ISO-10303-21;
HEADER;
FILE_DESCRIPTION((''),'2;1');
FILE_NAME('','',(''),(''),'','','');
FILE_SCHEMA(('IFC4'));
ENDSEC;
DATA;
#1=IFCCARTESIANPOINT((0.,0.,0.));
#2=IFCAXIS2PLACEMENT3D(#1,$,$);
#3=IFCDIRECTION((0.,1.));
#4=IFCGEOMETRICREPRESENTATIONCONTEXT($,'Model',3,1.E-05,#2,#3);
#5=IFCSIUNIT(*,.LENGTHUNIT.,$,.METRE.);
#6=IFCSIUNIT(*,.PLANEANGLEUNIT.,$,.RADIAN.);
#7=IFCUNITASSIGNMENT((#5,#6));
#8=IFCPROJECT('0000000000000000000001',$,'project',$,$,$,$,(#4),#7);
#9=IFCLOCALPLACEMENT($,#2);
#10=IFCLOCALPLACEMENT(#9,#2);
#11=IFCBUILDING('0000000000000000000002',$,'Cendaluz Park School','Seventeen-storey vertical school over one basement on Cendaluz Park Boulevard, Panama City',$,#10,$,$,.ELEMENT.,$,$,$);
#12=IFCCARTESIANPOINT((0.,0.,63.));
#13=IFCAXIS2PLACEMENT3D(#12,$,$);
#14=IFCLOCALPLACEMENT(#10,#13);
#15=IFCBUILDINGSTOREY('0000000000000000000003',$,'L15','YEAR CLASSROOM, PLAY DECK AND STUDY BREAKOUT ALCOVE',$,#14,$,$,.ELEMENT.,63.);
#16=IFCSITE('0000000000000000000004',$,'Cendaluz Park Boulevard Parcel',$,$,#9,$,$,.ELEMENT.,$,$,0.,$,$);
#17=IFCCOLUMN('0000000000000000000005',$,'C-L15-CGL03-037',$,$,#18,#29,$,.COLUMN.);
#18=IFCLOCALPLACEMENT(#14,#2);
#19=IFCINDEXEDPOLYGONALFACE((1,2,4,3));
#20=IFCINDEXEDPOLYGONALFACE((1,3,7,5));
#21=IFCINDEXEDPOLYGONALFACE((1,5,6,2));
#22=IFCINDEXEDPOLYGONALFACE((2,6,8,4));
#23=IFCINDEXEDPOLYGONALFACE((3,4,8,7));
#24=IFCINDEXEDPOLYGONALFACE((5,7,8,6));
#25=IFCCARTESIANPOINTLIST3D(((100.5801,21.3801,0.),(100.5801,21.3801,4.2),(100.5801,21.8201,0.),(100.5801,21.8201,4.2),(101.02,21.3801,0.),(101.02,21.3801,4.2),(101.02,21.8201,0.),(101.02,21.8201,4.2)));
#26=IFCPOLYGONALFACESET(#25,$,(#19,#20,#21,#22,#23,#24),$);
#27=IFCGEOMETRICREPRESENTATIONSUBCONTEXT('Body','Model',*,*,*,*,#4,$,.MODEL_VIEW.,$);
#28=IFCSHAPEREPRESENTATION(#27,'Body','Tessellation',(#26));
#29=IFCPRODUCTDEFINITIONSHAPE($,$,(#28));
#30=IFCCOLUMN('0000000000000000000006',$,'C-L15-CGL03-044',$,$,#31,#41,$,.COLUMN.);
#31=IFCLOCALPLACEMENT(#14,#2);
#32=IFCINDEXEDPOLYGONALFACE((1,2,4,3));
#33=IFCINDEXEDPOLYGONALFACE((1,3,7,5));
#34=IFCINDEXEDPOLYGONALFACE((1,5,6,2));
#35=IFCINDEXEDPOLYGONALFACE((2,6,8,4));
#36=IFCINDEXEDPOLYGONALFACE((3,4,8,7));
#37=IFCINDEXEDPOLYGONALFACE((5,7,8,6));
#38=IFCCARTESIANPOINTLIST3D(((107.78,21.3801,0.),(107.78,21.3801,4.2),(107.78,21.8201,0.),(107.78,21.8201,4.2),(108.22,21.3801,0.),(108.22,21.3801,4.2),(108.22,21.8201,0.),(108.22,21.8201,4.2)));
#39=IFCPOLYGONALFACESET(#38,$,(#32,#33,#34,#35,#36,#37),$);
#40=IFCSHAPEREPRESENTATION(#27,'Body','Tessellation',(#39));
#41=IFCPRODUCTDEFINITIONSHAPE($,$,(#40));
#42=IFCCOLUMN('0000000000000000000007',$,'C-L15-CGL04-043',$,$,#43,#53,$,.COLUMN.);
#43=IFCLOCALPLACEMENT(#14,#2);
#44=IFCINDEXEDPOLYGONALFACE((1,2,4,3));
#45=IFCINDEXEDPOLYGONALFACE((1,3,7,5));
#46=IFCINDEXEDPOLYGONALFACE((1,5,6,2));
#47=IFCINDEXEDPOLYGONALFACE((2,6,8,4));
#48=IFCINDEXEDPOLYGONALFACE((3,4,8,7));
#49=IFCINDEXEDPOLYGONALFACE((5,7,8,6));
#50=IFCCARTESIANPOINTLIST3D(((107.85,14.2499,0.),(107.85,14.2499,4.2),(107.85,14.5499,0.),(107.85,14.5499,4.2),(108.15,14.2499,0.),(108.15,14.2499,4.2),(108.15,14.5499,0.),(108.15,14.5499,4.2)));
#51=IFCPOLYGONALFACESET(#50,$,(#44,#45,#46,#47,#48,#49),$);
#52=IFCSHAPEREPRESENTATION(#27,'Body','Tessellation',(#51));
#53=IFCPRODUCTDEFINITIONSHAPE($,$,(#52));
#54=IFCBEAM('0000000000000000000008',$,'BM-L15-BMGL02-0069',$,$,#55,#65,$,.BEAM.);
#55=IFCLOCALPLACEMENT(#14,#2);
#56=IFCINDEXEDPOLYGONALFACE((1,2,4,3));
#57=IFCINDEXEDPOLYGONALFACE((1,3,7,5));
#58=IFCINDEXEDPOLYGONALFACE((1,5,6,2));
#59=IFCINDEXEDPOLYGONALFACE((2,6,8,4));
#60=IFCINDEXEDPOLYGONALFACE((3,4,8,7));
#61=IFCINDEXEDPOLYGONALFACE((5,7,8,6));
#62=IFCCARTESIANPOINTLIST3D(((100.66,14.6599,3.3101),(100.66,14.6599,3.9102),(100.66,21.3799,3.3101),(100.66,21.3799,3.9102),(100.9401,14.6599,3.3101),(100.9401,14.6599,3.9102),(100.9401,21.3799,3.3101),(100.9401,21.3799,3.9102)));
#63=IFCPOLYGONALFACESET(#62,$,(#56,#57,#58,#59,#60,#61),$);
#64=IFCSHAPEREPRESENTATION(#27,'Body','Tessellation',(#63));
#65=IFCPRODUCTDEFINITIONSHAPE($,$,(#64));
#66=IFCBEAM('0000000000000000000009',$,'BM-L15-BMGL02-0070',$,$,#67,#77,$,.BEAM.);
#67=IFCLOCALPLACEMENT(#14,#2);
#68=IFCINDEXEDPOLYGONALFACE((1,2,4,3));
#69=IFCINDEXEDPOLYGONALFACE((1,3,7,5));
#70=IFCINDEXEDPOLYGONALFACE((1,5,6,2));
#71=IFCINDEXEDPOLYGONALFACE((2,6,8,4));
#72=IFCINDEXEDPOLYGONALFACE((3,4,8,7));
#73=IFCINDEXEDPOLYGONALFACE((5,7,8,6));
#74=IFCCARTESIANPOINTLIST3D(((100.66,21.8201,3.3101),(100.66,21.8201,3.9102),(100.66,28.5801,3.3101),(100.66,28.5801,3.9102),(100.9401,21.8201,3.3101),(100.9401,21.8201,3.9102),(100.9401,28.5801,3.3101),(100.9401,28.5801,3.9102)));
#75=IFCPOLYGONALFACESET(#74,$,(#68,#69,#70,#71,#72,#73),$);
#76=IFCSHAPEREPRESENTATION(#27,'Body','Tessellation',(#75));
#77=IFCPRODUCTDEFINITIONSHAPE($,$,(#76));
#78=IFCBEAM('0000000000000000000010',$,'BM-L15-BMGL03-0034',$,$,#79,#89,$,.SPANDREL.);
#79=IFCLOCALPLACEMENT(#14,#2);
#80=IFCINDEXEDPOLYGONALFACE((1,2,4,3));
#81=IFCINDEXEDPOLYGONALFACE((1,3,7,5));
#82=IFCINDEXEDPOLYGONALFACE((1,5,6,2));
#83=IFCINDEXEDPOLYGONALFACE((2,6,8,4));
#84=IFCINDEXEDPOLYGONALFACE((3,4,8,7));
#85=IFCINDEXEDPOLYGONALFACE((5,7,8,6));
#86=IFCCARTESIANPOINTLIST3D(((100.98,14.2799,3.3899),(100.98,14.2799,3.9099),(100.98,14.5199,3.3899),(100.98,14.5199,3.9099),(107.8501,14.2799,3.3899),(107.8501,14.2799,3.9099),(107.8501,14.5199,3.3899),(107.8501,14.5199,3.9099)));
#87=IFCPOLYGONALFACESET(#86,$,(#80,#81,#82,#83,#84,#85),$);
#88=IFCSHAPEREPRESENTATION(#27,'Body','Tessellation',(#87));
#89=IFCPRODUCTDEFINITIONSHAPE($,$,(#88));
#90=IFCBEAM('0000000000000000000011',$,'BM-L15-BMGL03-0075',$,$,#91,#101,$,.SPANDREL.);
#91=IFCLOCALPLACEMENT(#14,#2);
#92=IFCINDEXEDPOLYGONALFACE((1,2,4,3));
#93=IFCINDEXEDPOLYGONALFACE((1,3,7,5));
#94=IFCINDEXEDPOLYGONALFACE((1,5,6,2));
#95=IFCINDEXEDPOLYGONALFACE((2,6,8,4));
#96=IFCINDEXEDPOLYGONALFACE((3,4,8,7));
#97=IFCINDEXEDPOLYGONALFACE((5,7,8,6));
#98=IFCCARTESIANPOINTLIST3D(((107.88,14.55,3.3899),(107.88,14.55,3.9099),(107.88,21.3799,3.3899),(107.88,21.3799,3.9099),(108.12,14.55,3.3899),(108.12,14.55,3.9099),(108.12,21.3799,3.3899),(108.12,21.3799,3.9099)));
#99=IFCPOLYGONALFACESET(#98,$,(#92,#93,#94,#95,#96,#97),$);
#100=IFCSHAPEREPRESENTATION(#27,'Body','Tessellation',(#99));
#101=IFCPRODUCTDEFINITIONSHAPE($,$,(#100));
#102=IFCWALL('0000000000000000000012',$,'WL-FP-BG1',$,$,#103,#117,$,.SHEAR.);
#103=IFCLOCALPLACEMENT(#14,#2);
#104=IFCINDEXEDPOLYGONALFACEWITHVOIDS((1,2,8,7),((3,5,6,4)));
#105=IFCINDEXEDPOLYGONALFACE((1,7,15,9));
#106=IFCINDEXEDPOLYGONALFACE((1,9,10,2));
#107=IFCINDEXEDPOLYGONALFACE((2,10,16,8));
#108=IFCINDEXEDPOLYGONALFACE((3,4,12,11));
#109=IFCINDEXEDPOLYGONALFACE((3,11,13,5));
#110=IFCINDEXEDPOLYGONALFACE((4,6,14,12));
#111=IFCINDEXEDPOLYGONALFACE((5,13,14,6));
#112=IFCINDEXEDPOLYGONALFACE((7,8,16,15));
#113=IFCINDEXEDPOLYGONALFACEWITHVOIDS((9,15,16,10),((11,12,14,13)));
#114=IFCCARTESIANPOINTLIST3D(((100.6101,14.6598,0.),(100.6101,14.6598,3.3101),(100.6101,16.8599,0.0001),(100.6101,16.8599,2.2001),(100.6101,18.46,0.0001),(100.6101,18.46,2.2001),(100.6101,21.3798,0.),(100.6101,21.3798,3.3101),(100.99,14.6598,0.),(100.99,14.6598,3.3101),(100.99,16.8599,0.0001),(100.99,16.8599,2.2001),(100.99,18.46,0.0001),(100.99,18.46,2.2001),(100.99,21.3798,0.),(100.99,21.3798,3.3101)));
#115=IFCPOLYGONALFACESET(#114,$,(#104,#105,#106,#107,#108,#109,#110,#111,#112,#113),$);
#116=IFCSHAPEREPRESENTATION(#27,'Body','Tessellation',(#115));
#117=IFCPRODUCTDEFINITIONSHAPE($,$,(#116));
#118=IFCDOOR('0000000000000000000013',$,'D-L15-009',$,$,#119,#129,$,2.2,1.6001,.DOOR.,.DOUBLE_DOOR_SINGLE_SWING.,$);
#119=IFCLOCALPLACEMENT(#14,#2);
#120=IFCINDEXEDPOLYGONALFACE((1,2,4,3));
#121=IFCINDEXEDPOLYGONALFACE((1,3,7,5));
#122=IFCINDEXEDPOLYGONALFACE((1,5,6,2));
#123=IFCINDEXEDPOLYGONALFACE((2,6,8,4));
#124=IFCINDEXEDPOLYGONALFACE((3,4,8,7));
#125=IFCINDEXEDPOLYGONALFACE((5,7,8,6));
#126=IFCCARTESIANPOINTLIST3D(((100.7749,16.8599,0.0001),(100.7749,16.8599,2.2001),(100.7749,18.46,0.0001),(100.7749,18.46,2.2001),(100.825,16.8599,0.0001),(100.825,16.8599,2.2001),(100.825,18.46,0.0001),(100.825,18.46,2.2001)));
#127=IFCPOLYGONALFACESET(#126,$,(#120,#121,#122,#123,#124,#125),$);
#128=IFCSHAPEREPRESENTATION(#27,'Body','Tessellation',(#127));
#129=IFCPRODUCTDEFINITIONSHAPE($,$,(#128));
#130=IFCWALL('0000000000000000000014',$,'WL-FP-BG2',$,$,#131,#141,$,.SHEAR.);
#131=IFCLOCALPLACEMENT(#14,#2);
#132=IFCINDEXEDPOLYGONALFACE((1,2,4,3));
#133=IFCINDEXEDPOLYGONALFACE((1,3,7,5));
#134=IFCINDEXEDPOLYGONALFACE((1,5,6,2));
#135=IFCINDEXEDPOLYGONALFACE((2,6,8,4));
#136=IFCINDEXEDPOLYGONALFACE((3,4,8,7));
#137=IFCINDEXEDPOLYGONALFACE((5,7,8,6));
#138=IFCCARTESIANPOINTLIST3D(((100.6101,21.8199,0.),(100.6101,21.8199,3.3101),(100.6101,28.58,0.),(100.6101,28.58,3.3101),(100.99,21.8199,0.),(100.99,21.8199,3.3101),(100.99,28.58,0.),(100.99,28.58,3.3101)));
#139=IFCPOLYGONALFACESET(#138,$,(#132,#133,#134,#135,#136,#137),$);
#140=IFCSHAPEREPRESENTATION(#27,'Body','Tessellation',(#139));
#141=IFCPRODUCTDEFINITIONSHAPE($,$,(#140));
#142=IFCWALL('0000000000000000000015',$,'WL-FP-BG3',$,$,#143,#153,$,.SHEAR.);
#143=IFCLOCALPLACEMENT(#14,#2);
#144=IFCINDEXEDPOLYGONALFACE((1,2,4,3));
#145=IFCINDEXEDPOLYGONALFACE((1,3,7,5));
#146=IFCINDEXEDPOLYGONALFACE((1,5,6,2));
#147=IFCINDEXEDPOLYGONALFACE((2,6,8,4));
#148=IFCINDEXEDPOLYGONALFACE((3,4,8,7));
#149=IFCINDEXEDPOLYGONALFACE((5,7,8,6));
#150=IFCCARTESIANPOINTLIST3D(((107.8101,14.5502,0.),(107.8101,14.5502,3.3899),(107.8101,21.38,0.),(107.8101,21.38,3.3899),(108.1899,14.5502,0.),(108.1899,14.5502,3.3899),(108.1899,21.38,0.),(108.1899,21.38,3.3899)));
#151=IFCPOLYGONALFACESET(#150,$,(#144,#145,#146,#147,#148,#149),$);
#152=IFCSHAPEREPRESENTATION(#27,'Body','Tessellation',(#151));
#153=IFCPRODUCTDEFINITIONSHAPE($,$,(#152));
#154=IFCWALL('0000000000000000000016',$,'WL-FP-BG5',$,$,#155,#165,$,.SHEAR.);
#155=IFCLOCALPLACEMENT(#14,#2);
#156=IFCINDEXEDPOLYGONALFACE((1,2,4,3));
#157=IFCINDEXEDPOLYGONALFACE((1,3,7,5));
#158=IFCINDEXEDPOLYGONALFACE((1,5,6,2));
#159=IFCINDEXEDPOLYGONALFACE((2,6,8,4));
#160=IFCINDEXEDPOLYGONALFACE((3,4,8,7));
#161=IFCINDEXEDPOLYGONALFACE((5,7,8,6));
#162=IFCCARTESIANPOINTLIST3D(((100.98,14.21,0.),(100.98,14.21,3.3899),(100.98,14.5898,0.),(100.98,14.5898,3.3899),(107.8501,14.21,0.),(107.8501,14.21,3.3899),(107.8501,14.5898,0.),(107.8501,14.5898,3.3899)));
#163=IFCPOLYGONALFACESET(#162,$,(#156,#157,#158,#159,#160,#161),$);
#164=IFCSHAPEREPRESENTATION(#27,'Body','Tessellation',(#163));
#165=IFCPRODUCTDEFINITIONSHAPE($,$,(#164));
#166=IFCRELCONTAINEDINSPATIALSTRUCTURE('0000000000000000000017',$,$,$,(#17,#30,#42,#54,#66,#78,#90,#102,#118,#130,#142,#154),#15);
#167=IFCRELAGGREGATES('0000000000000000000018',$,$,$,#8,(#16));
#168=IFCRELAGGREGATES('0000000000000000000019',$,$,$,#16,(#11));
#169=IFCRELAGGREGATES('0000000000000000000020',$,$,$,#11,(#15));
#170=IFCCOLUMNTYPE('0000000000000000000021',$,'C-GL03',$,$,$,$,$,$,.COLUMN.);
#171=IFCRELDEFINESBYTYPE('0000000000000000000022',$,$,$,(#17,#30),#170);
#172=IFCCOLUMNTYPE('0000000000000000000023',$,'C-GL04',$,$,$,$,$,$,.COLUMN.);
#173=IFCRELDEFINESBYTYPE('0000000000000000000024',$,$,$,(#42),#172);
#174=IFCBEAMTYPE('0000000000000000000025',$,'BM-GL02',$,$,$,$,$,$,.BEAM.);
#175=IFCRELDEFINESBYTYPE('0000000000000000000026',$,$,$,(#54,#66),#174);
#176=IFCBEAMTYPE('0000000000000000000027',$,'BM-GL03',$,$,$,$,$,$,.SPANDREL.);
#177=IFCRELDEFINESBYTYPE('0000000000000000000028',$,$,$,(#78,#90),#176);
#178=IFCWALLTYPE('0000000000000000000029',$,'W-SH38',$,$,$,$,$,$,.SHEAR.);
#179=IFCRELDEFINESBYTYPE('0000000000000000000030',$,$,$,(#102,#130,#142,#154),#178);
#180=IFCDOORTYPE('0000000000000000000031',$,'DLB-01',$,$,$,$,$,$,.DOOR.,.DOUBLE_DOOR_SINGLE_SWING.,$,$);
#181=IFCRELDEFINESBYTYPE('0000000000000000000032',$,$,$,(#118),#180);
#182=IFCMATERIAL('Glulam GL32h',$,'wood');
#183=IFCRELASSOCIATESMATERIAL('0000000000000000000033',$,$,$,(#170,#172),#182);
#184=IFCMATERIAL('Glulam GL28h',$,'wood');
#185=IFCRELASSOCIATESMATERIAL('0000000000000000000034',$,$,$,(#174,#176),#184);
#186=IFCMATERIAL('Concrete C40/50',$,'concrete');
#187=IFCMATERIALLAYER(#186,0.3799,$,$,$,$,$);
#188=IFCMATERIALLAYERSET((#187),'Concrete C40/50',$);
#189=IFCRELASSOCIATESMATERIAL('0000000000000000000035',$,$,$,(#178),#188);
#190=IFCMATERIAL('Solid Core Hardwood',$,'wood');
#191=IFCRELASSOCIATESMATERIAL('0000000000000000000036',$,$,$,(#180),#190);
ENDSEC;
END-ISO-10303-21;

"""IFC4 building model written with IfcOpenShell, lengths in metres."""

from ifc_helpers import new_model, si_unit, direction, frame, frame_2d, origin, origin_2d, place, context, subcontext, project, spatial, rectangle, extrude, material, layer, layer_set, material_profile, profile_set, type_object, element, fill, save


model = new_model("IFC4")

# Units and contexts
model_context = context("Model", 3, precision=1e-05, world=origin(), true_north=direction((0.0, 1.0)))
body_context = subcontext(model_context, "Body", "Model", "MODEL_VIEW")
ifc_project = project(units=[si_unit("LENGTHUNIT", "METRE"), si_unit("PLANEANGLEUNIT", "RADIAN")], contexts=[model_context])

# Site, building, storey
site_placement = place(None, origin())
site = spatial("IfcSite", under=ifc_project, at=site_placement, Name="Cendaluz Park Boulevard Parcel", CompositionType="ELEMENT", RefElevation=0.0)
building_placement = place(site_placement, origin())
building = spatial("IfcBuilding", under=site, at=building_placement, Name="Cendaluz Park School", Description="Seventeen-storey vertical school over one basement on Cendaluz Park Boulevard, Panama City", CompositionType="ELEMENT")
storey_placement = place(building_placement, frame((0.0, 0.0, 63.0)))
storey = spatial("IfcBuildingStorey", under=building, at=storey_placement, Name="L15", Description="YEAR CLASSROOM, PLAY DECK AND STUDY BREAKOUT ALCOVE", CompositionType="ELEMENT", Elevation=63.0)

# Columns
ifc_material_1 = material(Name="Glulam GL32h", Category="wood")
ifc_material_profile_1 = material_profile(ifc_material_1, rectangle(XDim=0.4399, YDim=0.4399, at=origin_2d()), Name="GL32h 440x440", Category="wood")
ifc_profile_set_1 = profile_set([ifc_material_profile_1], Name="Glulam GL32h")
column_type_1 = type_object("IfcColumnType", Name="C-GL03", PredefinedType="COLUMN", material=ifc_profile_set_1)
for number, where, z_axis, x_axis, name in (
    (1, (100.8, 21.6001, 0.0), (0.0, 0.0, 1.0), (1.0, 0.0, 0.0), "C-L15-CGL03-037"),
    (2, (108.0, 21.6001, 0.0), (0.0, 0.0, 1.0), (1.0, 0.0, 0.0), "C-L15-CGL03-044"),
):
    element("IfcColumn", number, at=place(storey_placement, frame(where, z_axis=z_axis, x_axis=x_axis)), inside=storey, type_object=column_type_1, Name=name, PredefinedType="COLUMN", context=body_context, shape_type="SweptSolid", body=[
        extrude(rectangle(XDim=0.4399, YDim=0.4399, at=origin_2d()), origin(), (0.0, 0.0, 1.0), 4.2),
    ])
ifc_material_profile_2 = material_profile(ifc_material_1, rectangle(XDim=0.3, YDim=0.3, at=origin_2d()), Name="GL32h 300x300", Category="wood")
ifc_profile_set_2 = profile_set([ifc_material_profile_2], Name="Glulam GL32h")
column_type_2 = type_object("IfcColumnType", Name="C-GL04", PredefinedType="COLUMN", material=ifc_profile_set_2)
column_placement = place(storey_placement, frame((108.0, 14.3999, 0.0), z_axis=(0.0, 0.0, 1.0), x_axis=(1.0, 0.0, 0.0)))
element("IfcColumn", 3, at=column_placement, inside=storey, type_object=column_type_2, Name="C-L15-CGL04-043", PredefinedType="COLUMN", context=body_context, shape_type="SweptSolid", body=[
    extrude(rectangle(XDim=0.3, YDim=0.3, at=origin_2d()), origin(), (0.0, 0.0, 1.0), 4.2),
])

# Beams
ifc_material_2 = material(Name="Glulam GL28h", Category="wood")
ifc_material_profile_3 = material_profile(ifc_material_2, rectangle(XDim=0.28, YDim=0.6001, at=origin_2d()), Name="GL28h 280x600", Category="wood")
ifc_profile_set_3 = profile_set([ifc_material_profile_3], Name="Glulam GL28h")
beam_type_1 = type_object("IfcBeamType", Name="BM-GL02", PredefinedType="BEAM", material=ifc_profile_set_3)
beam_1_placement = place(storey_placement, frame((100.8, 14.6599, 3.6101), z_axis=(0.0, 1.0, 0.0), x_axis=(-1.0, 0.0, 0.0)))
element("IfcBeam", 4, at=beam_1_placement, inside=storey, type_object=beam_type_1, Name="BM-L15-BMGL02-0069", PredefinedType="BEAM", context=body_context, shape_type="SweptSolid", body=[
    extrude(rectangle(XDim=0.28, YDim=0.6001, at=origin_2d()), origin(), (0.0, 0.0, 1.0), 6.72),
])
beam_2_placement = place(storey_placement, frame((100.8, 21.8201, 3.6101), z_axis=(0.0, 1.0, 0.0), x_axis=(-1.0, 0.0, 0.0)))
element("IfcBeam", 5, at=beam_2_placement, inside=storey, type_object=beam_type_1, Name="BM-L15-BMGL02-0070", PredefinedType="BEAM", context=body_context, shape_type="SweptSolid", body=[
    extrude(rectangle(XDim=0.28, YDim=0.6001, at=origin_2d()), origin(), (0.0, 0.0, 1.0), 6.76),
])
ifc_material_profile_4 = material_profile(ifc_material_2, rectangle(XDim=0.24, YDim=0.52, at=origin_2d()), Name="GL28h 240x520", Category="wood")
ifc_profile_set_4 = profile_set([ifc_material_profile_4], Name="Glulam GL28h")
beam_type_2 = type_object("IfcBeamType", Name="BM-GL03", PredefinedType="SPANDREL", material=ifc_profile_set_4)
beam_3_placement = place(storey_placement, frame((100.98, 14.3999, 3.6499), z_axis=(1.0, 0.0, 0.0), x_axis=(0.0, 1.0, 0.0)))
element("IfcBeam", 6, at=beam_3_placement, inside=storey, type_object=beam_type_2, Name="BM-L15-BMGL03-0034", PredefinedType="SPANDREL", context=body_context, shape_type="SweptSolid", body=[
    extrude(rectangle(XDim=0.24, YDim=0.52, at=origin_2d()), origin(), (0.0, 0.0, 1.0), 6.8701),
])
beam_4_placement = place(storey_placement, frame((108.0, 14.55, 3.6499), z_axis=(0.0, 1.0, 0.0), x_axis=(-1.0, 0.0, 0.0)))
element("IfcBeam", 7, at=beam_4_placement, inside=storey, type_object=beam_type_2, Name="BM-L15-BMGL03-0075", PredefinedType="SPANDREL", context=body_context, shape_type="SweptSolid", body=[
    extrude(rectangle(XDim=0.24, YDim=0.52, at=origin_2d()), origin(), (0.0, 0.0, 1.0), 6.8298),
])

# Shared definitions
ifc_material_3 = material(Name="Concrete C40/50", Category="concrete")
ifc_material_4 = material(Name="Solid Core Hardwood", Category="wood")

# Wall, opening, door
ifc_layer_1 = layer(ifc_material_3, 0.3799)
ifc_layer_set_1 = layer_set([ifc_layer_1], Name="Concrete C40/50")
wall_type_1 = type_object("IfcWallType", Name="W-SH38", PredefinedType="SHEAR", material=ifc_layer_set_1)
wall_1_placement = place(storey_placement, frame((100.8, 14.6599, 0.0), z_axis=(0.0, 0.0, 1.0), x_axis=(0.0, 1.0, 0.0)))
wall_1 = element("IfcWall", 8, at=wall_1_placement, inside=storey, type_object=wall_type_1, Name="WL-FP-BG1", PredefinedType="SHEAR", context=body_context, shape_type="SweptSolid", body=[
    extrude(rectangle(XDim=6.72, YDim=0.3799, at=frame_2d((3.3599, 0.0))), origin(), (0.0, 0.0, 1.0), 3.3101),
])
opening_1_placement = place(wall_1_placement, frame((2.2, 0.0, 0.0)))
opening_1 = element("IfcOpeningElement", 9, at=opening_1_placement, cuts=wall_1, PredefinedType="OPENING", context=body_context, shape_type="SweptSolid", body=[
    extrude(rectangle(XDim=1.6001, YDim=2.2, at=frame_2d((0.8, 1.1001))), frame((0.0, 0.2019, 0.0), z_axis=(0.0, -1.0, 0.0), x_axis=(1.0, 0.0, 0.0)), (0.0, 0.0, 1.0), 0.4038),
])
door_type_1 = type_object("IfcDoorType", Name="DLB-01", OperationType="DOUBLE_DOOR_SINGLE_SWING", PredefinedType="DOOR", material=ifc_material_4)
door_1_placement = place(opening_1_placement, frame((1.6001, 0.0, 0.0), z_axis=(0.0, 0.0, 1.0), x_axis=(-1.0, 0.0, 0.0)))
door_1 = element("IfcDoor", 10, at=door_1_placement, inside=storey, type_object=door_type_1, Name="D-L15-009", OperationType="DOUBLE_DOOR_SINGLE_SWING", OverallHeight=2.2, OverallWidth=1.6001, PredefinedType="DOOR", context=body_context, shape_type="SweptSolid", body=[
    extrude(rectangle(XDim=1.6001, YDim=2.2, at=frame_2d((0.8, 1.1001))), frame((0.0, 0.0249, 0.0), z_axis=(0.0, -1.0, 0.0), x_axis=(1.0, 0.0, 0.0)), (0.0, 0.0, 1.0), 0.05),
])
fill(opening_1, door_1)

# Walls
wall_2_placement = place(storey_placement, frame((100.8, 21.8201, 0.0), z_axis=(0.0, 0.0, 1.0), x_axis=(0.0, 1.0, 0.0)))
element("IfcWall", 11, at=wall_2_placement, inside=storey, type_object=wall_type_1, Name="WL-FP-BG2", PredefinedType="SHEAR", context=body_context, shape_type="SweptSolid", body=[
    extrude(rectangle(XDim=6.76, YDim=0.3799, at=frame_2d((3.3799, 0.0))), origin(), (0.0, 0.0, 1.0), 3.3101),
])
wall_3_placement = place(storey_placement, frame((108.0, 14.55, 0.0), z_axis=(0.0, 0.0, 1.0), x_axis=(0.0, 1.0, 0.0)))
element("IfcWall", 12, at=wall_3_placement, inside=storey, type_object=wall_type_1, Name="WL-FP-BG3", PredefinedType="SHEAR", context=body_context, shape_type="SweptSolid", body=[
    extrude(rectangle(XDim=6.8298, YDim=0.3799, at=frame_2d((3.415, 0.0))), origin(), (0.0, 0.0, 1.0), 3.3899),
])
wall_4_placement = place(storey_placement, frame((100.98, 14.3999, 0.0), z_axis=(0.0, 0.0, 1.0), x_axis=(1.0, 0.0, 0.0)))
element("IfcWall", 13, at=wall_4_placement, inside=storey, type_object=wall_type_1, Name="WL-FP-BG5", PredefinedType="SHEAR", context=body_context, shape_type="SweptSolid", body=[
    extrude(rectangle(XDim=6.8701, YDim=0.3799, at=frame_2d((3.4351, 0.0))), origin(), (0.0, 0.0, 1.0), 3.3899),
])

save(model, "model.ifc")
